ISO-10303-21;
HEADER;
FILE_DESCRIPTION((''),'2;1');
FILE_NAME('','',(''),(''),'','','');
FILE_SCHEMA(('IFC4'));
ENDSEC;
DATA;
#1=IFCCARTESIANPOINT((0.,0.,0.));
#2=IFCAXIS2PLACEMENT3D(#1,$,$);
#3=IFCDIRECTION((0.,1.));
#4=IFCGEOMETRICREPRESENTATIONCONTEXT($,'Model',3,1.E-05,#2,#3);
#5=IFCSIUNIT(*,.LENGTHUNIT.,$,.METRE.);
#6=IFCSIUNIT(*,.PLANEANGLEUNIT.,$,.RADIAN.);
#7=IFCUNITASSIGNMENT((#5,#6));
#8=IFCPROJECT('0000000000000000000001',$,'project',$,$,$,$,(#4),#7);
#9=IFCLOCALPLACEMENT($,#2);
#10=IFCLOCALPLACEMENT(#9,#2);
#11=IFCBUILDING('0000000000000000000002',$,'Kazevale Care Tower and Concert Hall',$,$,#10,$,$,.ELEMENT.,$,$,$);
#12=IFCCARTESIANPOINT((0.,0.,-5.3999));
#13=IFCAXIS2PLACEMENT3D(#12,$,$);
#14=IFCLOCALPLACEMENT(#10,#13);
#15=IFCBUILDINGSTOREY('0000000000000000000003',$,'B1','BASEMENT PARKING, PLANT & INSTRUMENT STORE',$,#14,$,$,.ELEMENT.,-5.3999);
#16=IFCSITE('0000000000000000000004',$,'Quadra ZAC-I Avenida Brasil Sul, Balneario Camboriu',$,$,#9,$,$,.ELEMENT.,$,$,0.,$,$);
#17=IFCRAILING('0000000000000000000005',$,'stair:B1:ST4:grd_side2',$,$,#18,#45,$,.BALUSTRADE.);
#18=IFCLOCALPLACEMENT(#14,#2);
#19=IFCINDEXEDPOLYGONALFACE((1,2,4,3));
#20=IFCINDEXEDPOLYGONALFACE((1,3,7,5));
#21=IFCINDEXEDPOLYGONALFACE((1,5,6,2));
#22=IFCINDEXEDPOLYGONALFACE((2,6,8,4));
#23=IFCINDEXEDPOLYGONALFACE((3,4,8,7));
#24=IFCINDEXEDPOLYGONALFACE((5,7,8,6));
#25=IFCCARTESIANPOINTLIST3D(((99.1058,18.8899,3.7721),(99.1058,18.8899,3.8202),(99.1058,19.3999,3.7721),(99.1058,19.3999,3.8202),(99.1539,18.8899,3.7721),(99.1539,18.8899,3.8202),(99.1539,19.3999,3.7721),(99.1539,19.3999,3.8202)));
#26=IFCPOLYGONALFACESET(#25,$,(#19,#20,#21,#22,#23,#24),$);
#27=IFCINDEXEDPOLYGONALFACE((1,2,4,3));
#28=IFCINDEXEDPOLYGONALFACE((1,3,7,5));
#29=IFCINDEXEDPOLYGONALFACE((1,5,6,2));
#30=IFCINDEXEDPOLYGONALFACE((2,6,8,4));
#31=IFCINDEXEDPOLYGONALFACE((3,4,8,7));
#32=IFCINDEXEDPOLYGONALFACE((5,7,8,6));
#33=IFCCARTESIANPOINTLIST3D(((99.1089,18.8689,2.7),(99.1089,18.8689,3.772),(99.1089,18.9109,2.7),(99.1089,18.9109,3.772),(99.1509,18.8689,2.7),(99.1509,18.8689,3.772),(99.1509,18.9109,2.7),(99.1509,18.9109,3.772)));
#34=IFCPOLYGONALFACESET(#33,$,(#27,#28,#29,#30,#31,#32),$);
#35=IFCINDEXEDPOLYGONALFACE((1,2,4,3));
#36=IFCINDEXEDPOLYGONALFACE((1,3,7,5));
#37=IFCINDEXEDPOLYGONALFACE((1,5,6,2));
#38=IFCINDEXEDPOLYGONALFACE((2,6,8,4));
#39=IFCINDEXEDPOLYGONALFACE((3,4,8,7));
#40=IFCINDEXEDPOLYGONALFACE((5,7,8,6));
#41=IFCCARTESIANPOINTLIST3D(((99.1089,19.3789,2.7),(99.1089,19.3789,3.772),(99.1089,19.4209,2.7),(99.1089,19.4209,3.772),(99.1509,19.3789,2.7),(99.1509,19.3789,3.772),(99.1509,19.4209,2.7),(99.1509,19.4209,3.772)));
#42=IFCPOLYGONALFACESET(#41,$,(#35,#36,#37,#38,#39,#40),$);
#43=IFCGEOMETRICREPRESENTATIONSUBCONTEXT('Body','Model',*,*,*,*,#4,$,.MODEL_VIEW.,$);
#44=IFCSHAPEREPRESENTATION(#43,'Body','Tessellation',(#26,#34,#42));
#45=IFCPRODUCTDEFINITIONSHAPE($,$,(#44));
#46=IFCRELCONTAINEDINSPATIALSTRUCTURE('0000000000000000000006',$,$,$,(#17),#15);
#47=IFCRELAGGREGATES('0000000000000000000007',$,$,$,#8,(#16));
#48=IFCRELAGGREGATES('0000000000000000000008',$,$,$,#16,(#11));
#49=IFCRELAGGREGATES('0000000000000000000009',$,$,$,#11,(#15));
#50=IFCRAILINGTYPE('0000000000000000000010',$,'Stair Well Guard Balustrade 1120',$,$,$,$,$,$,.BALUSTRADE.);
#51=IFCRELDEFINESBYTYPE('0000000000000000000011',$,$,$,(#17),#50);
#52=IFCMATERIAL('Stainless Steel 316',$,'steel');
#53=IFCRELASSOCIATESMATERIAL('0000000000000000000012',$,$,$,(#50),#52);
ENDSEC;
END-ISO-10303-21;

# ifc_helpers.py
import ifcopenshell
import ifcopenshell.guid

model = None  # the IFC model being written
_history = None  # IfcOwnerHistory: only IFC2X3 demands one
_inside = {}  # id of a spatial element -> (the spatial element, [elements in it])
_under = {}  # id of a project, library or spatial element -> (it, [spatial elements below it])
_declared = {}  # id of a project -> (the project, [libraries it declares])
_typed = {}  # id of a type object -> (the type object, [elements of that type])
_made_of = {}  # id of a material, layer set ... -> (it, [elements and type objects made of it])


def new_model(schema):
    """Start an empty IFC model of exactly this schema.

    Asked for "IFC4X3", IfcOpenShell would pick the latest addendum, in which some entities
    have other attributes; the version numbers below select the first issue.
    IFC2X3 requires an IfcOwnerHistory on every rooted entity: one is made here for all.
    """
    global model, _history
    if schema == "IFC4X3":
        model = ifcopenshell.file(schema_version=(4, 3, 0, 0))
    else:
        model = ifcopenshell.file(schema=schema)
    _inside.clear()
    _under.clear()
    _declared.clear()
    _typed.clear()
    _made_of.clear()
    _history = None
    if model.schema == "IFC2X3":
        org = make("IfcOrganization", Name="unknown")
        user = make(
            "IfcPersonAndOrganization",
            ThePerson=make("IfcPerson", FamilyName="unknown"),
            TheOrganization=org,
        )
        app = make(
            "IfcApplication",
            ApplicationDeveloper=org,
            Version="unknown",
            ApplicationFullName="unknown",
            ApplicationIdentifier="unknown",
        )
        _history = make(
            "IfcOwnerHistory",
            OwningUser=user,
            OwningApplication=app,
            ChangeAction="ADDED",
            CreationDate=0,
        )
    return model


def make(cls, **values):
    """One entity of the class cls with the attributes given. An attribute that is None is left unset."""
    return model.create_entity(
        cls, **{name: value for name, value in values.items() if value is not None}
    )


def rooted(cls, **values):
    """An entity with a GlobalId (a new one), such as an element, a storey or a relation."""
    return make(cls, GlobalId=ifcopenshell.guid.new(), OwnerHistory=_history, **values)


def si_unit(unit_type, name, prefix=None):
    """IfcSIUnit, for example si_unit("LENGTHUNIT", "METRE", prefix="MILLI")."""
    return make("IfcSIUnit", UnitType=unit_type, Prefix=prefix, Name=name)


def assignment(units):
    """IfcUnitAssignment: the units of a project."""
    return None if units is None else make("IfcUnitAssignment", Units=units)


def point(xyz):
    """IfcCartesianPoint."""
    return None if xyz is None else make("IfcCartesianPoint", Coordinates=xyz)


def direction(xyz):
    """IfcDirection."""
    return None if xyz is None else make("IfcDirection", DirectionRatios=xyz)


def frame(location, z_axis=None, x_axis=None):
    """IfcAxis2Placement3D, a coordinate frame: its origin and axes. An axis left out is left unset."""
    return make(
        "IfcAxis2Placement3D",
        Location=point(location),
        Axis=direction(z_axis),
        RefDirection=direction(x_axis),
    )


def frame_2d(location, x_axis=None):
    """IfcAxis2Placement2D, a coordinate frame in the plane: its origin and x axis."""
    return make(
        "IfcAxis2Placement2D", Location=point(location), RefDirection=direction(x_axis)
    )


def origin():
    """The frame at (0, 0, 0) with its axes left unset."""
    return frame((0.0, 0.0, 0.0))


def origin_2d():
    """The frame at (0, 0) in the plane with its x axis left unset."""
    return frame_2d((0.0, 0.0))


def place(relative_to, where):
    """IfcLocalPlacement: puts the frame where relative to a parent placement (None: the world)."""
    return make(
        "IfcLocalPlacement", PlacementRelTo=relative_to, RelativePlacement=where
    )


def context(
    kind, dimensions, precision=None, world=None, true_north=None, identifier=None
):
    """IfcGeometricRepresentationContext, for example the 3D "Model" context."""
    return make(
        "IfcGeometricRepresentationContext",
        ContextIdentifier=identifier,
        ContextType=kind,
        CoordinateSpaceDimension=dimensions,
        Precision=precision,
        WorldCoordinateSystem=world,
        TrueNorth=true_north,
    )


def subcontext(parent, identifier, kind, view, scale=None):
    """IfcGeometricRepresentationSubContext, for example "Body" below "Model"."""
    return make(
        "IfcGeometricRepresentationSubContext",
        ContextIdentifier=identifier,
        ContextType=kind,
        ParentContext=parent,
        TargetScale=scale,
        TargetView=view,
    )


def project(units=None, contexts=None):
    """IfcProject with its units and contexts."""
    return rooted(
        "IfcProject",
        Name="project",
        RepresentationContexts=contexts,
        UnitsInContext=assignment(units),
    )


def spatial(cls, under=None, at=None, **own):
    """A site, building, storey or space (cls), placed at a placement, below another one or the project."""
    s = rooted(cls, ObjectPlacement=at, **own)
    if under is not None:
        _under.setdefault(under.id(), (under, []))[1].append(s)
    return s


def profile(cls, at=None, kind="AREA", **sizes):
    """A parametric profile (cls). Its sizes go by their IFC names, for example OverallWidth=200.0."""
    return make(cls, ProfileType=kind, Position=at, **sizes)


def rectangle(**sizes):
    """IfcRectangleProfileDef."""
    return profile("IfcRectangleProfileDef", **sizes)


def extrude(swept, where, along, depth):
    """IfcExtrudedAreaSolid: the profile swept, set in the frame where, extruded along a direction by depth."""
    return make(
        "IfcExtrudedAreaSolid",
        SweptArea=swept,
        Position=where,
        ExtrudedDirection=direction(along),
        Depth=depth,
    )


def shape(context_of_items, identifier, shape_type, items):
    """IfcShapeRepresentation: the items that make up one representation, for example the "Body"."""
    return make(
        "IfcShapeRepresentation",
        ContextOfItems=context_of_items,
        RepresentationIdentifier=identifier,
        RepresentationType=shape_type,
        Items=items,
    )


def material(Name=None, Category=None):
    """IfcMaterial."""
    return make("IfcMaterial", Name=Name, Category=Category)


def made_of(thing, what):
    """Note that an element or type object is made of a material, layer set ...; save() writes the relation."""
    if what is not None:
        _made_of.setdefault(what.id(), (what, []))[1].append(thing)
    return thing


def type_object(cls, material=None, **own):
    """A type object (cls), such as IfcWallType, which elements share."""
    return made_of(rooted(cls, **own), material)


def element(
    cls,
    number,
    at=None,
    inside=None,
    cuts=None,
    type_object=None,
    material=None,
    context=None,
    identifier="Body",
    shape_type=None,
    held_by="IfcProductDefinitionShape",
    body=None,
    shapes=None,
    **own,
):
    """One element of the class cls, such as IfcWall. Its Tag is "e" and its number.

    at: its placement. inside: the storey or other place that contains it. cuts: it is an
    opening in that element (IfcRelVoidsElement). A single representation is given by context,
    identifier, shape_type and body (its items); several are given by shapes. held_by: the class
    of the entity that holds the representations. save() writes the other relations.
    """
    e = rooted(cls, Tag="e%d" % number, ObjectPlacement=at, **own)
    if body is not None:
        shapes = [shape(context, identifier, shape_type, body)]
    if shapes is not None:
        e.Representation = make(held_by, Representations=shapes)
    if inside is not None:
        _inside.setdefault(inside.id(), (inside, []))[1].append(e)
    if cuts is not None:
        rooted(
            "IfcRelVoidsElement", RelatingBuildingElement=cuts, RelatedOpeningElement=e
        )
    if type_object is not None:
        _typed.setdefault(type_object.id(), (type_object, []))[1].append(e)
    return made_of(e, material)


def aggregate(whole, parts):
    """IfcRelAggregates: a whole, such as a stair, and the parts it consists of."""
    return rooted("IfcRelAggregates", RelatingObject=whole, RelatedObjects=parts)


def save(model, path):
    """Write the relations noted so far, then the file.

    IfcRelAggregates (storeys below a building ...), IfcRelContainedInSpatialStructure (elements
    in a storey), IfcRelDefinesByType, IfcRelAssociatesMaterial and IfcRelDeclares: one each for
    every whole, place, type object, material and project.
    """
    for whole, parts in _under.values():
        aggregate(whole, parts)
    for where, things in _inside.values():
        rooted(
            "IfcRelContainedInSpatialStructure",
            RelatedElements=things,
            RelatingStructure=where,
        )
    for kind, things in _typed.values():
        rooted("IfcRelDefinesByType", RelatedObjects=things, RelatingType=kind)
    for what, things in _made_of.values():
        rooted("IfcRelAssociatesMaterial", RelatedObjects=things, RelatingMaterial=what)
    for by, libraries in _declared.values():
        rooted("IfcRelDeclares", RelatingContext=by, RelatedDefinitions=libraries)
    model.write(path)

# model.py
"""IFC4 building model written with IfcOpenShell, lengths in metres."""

from ifc_helpers import new_model, si_unit, direction, frame, origin, origin_2d, place, context, subcontext, project, spatial, rectangle, extrude, material, type_object, element, save


model = new_model("IFC4")

# Units and contexts
model_context = context("Model", 3, precision=1e-05, world=origin(), true_north=direction((0.0, 1.0)))
body_context = subcontext(model_context, "Body", "Model", "MODEL_VIEW")
ifc_project = project(units=[si_unit("LENGTHUNIT", "METRE"), si_unit("PLANEANGLEUNIT", "RADIAN")], contexts=[model_context])

# Site, building, storey
site_placement = place(None, origin())
site = spatial("IfcSite", under=ifc_project, at=site_placement, Name="Quadra ZAC-I Avenida Brasil Sul, Balneario Camboriu", CompositionType="ELEMENT", RefElevation=0.0)
building_placement = place(site_placement, origin())
building = spatial("IfcBuilding", under=site, at=building_placement, Name="Kazevale Care Tower and Concert Hall", CompositionType="ELEMENT")
storey_placement = place(building_placement, frame((0.0, 0.0, -5.3999)))
storey = spatial("IfcBuildingStorey", under=building, at=storey_placement, Name="B1", Description="BASEMENT PARKING, PLANT & INSTRUMENT STORE", CompositionType="ELEMENT", Elevation=-5.3999)

# Railing
ifc_material_1 = material(Name="Stainless Steel 316", Category="steel")
railing_type_1 = type_object("IfcRailingType", Name="Stair Well Guard Balustrade 1120", PredefinedType="BALUSTRADE", material=ifc_material_1)
railing_1_placement = place(storey_placement, frame((99.1299, 18.8899, 2.7)))
element("IfcRailing", 1, at=railing_1_placement, inside=storey, type_object=railing_type_1, Name="stair:B1:ST4:grd_side2", PredefinedType="BALUSTRADE", context=body_context, shape_type="SweptSolid", body=[
    extrude(rectangle(XDim=0.0481, YDim=0.0481, at=origin_2d()), frame((0.0, 0.0, 1.0962), z_axis=(0.0, 1.0, 0.0), x_axis=(-1.0, 0.0, 0.0)), (0.0, 0.0, 1.0), 0.51),
    extrude(rectangle(XDim=0.042, YDim=0.042, at=origin_2d()), origin(), (0.0, 0.0, 1.0), 1.072),
    extrude(rectangle(XDim=0.042, YDim=0.042, at=origin_2d()), frame((0.0, 0.51, 0.0)), (0.0, 0.0, 1.0), 1.072),
])

save(model, "model.ifc")
